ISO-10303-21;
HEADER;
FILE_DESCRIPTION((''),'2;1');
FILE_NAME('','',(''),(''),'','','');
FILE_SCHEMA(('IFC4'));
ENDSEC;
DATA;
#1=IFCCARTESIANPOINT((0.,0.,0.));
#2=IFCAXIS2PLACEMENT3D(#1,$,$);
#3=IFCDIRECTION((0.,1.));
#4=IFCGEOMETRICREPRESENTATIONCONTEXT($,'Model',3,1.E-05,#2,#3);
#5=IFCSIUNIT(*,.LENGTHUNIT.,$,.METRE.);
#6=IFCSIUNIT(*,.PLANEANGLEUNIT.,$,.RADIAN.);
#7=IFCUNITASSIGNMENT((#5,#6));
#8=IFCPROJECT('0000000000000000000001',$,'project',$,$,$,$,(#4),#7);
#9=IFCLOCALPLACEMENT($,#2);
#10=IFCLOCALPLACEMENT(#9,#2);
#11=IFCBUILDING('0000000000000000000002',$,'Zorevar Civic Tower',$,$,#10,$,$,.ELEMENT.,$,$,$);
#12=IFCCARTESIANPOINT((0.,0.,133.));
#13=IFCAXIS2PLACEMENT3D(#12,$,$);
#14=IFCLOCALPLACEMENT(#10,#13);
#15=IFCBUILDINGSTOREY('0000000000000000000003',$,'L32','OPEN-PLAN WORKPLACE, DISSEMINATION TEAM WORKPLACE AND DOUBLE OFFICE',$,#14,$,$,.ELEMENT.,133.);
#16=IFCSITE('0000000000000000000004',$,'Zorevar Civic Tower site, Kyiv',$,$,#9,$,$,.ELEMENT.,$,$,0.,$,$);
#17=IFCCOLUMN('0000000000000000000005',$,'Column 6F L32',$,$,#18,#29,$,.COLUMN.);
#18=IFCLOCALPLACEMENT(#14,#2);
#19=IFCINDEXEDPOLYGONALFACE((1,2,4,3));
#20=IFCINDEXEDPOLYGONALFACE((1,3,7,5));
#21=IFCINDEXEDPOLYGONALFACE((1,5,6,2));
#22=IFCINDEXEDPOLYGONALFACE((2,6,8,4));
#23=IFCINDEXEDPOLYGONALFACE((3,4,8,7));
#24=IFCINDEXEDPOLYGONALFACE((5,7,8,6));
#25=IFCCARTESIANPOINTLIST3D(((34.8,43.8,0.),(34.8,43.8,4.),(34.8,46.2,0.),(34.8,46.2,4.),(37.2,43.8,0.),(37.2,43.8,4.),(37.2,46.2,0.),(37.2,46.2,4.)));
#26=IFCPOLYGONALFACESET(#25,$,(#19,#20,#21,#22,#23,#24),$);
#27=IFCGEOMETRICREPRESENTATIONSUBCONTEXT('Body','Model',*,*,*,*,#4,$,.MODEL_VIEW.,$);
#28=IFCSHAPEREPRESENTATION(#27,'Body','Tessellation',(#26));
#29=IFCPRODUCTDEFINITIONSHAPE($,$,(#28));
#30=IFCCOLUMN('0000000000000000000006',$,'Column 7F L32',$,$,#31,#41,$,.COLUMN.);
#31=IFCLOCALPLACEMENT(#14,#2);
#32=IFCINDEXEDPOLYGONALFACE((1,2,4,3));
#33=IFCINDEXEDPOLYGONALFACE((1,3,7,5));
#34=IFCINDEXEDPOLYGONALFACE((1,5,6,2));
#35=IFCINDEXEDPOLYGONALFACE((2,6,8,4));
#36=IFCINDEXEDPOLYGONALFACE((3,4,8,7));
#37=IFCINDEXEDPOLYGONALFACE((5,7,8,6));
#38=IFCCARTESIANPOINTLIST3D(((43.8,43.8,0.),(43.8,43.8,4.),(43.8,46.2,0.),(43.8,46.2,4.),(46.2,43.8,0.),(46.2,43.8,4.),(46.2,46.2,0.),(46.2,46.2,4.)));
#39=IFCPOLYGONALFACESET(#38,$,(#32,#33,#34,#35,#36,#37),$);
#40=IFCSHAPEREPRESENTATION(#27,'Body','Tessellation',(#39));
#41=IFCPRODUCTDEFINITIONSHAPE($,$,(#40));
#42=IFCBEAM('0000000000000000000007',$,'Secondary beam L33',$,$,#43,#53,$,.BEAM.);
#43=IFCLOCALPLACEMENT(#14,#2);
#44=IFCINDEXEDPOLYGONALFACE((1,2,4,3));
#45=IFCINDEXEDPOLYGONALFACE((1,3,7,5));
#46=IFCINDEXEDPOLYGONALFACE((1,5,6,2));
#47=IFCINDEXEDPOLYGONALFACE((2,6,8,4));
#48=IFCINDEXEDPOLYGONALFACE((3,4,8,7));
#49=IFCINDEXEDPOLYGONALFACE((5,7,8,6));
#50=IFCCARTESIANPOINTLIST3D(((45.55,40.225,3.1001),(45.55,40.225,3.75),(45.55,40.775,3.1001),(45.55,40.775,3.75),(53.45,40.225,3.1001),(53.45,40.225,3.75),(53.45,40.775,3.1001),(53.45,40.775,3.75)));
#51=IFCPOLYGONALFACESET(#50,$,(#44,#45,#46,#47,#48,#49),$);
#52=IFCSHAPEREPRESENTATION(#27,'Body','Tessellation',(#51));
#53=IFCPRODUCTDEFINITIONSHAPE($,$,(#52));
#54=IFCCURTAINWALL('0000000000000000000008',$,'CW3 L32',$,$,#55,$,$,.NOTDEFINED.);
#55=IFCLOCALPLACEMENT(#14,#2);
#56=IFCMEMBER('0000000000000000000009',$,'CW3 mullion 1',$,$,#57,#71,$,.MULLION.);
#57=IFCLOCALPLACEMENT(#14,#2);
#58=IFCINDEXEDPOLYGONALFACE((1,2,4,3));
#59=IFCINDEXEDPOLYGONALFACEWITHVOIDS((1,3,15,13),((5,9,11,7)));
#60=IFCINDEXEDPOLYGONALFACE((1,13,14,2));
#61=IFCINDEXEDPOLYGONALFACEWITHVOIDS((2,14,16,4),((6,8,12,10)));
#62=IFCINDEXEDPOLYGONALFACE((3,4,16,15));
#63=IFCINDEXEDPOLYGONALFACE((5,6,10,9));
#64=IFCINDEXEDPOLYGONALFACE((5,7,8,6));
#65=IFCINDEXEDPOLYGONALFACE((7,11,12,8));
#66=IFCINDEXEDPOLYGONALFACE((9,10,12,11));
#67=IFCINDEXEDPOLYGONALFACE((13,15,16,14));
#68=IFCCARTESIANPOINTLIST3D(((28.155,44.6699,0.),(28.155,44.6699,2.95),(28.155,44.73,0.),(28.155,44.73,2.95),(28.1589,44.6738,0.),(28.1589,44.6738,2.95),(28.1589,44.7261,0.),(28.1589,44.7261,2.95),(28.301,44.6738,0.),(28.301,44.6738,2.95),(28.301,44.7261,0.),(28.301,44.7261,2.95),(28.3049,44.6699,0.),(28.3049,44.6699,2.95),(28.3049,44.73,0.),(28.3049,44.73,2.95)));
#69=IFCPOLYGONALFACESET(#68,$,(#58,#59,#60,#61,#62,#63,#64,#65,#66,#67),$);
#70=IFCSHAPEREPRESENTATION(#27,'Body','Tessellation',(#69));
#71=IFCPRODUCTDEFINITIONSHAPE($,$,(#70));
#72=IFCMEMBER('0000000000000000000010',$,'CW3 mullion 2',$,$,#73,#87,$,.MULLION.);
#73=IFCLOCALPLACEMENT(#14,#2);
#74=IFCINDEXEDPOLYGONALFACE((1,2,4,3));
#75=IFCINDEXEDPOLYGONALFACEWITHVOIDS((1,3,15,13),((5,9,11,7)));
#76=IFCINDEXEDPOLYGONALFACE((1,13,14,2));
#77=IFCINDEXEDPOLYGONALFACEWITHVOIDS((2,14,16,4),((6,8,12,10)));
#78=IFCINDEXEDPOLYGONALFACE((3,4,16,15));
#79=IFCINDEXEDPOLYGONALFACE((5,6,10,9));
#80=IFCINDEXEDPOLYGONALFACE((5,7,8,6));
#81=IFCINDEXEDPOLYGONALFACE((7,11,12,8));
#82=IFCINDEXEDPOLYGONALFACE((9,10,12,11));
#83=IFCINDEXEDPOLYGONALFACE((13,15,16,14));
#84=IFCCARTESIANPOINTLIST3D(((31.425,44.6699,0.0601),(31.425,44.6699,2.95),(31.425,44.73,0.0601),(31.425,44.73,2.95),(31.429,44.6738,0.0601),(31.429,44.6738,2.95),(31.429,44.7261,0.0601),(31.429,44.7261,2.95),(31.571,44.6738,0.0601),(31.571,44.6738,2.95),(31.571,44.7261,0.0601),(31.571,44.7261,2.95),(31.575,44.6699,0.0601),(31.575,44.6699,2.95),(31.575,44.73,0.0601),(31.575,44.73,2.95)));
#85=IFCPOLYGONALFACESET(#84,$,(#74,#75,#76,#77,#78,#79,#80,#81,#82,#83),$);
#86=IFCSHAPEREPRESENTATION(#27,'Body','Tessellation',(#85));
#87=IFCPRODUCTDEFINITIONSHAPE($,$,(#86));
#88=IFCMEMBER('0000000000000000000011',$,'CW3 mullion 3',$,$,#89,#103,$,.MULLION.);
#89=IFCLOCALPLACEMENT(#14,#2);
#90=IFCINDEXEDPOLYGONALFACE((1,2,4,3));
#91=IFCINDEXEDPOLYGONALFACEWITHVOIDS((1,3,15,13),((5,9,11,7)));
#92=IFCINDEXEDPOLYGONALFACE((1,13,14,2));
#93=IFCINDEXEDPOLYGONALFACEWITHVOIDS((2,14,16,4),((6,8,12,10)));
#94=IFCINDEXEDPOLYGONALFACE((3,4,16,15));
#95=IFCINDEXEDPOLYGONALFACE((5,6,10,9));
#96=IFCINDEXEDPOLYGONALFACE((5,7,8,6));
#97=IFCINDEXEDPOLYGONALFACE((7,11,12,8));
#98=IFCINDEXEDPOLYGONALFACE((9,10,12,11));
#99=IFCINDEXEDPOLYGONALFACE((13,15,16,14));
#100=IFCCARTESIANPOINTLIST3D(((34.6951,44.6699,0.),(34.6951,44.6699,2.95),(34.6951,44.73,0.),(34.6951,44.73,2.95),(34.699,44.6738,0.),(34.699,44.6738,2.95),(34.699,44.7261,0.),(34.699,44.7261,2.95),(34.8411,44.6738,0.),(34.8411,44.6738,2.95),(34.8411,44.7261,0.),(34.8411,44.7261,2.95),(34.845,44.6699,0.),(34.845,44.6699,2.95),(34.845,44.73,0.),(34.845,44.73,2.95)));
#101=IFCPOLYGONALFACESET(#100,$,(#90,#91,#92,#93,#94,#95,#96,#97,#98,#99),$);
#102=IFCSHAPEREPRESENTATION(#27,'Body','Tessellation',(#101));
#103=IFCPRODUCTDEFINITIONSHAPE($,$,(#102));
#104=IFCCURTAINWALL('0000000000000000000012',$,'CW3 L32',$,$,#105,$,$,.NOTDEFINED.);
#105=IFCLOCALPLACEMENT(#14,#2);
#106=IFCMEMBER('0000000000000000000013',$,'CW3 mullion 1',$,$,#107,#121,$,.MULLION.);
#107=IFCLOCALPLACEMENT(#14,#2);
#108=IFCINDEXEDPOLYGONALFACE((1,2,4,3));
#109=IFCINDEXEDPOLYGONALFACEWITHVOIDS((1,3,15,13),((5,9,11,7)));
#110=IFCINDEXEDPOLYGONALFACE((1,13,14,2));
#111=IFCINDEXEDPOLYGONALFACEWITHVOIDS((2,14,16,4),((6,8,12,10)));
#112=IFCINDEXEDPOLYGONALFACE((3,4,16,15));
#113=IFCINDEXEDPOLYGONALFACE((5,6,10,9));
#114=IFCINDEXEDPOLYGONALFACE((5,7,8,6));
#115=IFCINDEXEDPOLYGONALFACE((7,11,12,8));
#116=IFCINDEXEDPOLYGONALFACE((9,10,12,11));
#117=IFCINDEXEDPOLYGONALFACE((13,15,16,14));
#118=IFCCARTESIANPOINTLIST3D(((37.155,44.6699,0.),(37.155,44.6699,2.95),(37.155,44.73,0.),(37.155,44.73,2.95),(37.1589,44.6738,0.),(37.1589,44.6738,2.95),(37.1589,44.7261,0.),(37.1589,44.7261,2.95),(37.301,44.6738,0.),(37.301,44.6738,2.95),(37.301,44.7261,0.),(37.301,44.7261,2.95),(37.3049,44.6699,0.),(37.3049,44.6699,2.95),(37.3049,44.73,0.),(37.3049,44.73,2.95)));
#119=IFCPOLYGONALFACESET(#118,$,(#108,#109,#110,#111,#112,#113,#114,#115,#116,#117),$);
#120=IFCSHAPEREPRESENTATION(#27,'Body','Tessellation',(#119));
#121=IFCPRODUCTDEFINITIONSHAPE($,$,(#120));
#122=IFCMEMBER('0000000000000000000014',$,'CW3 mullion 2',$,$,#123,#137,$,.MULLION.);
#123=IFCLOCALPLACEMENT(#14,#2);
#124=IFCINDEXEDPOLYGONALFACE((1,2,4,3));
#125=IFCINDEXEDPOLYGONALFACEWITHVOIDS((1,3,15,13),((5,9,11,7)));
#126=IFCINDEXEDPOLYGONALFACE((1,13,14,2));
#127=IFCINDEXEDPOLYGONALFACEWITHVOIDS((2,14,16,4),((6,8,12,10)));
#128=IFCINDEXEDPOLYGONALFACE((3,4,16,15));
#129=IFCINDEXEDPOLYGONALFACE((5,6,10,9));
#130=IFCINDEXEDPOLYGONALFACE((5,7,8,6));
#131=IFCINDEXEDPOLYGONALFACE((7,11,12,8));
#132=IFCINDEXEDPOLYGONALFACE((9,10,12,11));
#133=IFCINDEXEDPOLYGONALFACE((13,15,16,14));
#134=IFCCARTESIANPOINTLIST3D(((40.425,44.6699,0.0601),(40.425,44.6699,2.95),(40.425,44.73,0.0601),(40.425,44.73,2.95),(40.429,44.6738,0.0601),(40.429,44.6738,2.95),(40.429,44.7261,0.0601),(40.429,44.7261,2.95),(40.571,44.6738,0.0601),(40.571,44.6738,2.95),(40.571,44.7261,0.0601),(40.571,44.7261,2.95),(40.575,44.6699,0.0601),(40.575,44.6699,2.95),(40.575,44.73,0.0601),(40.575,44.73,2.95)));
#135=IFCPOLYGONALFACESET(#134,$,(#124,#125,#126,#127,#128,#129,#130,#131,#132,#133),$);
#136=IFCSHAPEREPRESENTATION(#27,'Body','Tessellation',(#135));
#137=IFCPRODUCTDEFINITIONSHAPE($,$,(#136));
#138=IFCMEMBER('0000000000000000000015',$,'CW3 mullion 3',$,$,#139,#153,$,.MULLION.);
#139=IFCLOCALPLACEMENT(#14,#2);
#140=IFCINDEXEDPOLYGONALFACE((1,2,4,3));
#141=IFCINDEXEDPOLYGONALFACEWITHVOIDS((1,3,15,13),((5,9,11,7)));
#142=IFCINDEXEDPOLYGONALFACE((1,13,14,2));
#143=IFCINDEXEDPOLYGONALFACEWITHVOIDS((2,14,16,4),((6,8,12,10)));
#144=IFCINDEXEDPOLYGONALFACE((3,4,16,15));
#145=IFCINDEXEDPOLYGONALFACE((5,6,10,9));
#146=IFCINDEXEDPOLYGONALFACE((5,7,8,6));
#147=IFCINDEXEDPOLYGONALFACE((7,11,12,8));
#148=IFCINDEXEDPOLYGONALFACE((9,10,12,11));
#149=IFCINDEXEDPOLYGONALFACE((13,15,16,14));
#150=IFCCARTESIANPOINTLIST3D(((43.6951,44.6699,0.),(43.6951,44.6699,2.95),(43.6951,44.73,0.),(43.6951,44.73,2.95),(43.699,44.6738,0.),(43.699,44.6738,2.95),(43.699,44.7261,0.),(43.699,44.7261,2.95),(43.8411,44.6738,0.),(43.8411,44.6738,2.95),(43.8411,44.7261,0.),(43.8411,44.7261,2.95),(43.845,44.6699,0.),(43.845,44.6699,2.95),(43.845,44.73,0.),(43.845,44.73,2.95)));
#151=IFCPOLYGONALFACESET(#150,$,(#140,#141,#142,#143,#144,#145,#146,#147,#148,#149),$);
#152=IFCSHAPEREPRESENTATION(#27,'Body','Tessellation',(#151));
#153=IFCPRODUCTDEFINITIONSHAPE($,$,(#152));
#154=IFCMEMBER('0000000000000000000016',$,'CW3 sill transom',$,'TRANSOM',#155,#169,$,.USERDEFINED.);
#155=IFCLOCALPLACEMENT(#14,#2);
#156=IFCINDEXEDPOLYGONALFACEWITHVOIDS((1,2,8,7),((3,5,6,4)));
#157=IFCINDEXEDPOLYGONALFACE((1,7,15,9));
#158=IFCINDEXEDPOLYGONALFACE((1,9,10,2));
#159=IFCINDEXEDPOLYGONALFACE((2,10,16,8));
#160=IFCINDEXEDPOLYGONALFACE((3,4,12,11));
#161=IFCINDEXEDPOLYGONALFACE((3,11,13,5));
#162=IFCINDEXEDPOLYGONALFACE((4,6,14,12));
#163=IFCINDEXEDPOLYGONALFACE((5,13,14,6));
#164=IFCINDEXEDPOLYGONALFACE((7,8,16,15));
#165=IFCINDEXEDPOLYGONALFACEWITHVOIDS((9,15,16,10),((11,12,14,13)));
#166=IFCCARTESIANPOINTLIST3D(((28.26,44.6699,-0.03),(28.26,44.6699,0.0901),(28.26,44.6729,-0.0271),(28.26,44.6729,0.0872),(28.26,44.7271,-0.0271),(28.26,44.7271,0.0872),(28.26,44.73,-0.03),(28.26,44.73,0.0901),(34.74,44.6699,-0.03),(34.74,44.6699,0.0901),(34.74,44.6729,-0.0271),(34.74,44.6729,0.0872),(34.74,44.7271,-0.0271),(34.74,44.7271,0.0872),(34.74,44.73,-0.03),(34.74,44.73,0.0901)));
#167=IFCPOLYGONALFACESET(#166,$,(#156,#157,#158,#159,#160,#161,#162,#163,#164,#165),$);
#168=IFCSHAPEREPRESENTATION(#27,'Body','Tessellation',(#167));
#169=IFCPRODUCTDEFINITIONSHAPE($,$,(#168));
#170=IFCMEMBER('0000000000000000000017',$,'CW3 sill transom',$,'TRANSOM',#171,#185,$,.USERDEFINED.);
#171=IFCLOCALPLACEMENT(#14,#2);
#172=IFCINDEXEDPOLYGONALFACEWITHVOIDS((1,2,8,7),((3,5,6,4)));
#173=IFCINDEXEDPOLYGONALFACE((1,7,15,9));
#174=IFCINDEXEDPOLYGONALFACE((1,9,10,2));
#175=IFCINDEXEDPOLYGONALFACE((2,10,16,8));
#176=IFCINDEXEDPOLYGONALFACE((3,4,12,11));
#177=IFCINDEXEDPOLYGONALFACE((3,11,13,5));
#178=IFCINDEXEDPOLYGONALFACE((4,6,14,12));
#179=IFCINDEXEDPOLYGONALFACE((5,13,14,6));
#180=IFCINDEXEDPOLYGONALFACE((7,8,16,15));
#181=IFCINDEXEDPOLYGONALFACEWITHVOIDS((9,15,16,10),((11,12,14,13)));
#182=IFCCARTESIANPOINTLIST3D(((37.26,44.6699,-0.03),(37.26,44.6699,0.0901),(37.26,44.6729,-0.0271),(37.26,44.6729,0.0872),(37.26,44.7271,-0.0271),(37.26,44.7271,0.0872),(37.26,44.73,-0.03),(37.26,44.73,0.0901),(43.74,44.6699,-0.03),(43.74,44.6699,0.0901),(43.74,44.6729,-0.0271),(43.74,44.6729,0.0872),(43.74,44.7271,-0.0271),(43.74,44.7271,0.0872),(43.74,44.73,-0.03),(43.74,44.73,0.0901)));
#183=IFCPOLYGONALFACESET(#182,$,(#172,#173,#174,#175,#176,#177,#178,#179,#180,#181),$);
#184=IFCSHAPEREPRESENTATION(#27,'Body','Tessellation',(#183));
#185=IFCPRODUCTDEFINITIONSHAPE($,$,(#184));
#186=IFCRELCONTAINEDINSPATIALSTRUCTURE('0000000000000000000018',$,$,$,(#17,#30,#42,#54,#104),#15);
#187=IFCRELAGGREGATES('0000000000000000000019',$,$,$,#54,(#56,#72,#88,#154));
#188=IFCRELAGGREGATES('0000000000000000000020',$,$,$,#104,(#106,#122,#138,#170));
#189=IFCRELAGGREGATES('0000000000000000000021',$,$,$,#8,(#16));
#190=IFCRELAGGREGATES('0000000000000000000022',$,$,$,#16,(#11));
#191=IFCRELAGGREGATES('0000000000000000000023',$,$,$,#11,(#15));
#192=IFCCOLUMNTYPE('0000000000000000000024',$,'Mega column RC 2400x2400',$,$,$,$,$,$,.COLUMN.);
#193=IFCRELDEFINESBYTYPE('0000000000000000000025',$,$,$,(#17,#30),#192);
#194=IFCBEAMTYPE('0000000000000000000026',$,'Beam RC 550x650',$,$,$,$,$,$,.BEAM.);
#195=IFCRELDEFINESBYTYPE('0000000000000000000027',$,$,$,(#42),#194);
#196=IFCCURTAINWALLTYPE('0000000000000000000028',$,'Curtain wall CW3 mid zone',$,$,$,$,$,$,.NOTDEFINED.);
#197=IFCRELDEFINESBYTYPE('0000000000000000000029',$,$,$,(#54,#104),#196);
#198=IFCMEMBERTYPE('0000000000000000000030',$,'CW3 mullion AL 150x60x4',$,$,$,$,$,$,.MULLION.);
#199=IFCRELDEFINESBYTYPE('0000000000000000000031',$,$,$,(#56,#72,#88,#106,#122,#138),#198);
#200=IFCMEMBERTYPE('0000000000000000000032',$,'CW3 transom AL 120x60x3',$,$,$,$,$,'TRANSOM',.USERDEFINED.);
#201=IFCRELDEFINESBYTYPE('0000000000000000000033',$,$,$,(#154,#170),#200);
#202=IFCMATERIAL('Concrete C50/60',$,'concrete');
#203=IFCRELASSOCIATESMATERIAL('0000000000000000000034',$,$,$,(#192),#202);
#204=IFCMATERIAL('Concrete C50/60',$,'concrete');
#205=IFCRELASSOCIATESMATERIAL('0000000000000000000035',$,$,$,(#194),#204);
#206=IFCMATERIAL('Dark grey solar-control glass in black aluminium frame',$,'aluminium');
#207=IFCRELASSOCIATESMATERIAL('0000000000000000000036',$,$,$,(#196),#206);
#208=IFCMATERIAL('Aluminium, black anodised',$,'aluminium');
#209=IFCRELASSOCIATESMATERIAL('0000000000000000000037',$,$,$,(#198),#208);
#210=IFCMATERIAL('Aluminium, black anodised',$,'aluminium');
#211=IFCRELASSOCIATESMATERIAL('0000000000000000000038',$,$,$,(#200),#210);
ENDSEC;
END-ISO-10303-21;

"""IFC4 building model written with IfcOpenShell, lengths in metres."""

from ifc_helpers import new_model, si_unit, direction, frame, origin, origin_2d, place, context, subcontext, project, spatial, rectangle, hollow_rectangle, extrude, material, material_profile, profile_set, type_object, element, aggregate, save


model = new_model("IFC4")

# Units and contexts
model_context = context("Model", 3, precision=1e-05, world=origin(), true_north=direction((0.0, 1.0)))
body_context = subcontext(model_context, "Body", "Model", "MODEL_VIEW")
ifc_project = project(units=[si_unit("LENGTHUNIT", "METRE"), si_unit("PLANEANGLEUNIT", "RADIAN")], contexts=[model_context])

# Site, building, storey
site_placement = place(None, origin())
site = spatial("IfcSite", under=ifc_project, at=site_placement, Name="Zorevar Civic Tower site, Kyiv", CompositionType="ELEMENT", RefElevation=0.0)
building_placement = place(site_placement, origin())
building = spatial("IfcBuilding", under=site, at=building_placement, Name="Zorevar Civic Tower", CompositionType="ELEMENT")
storey_placement = place(building_placement, frame((0.0, 0.0, 133.0)))
storey = spatial("IfcBuildingStorey", under=building, at=storey_placement, Name="L32", Description="OPEN-PLAN WORKPLACE, DISSEMINATION TEAM WORKPLACE AND DOUBLE OFFICE", CompositionType="ELEMENT", Elevation=133.0)

# Columns
ifc_material_1 = material(Name="Concrete C50/60", Category="concrete")
ifc_material_profile_1 = material_profile(ifc_material_1, rectangle(XDim=2.3999, YDim=2.3999, at=origin_2d()), Name="RC 2400x2400")
ifc_profile_set_1 = profile_set([ifc_material_profile_1], Name="Concrete C50/60")
column_type = type_object("IfcColumnType", Name="Mega column RC 2400x2400", PredefinedType="COLUMN", material=ifc_profile_set_1)
for number, where, z_axis, x_axis, name in (
    (1, (36.0, 45.0, 0.0), (0.0, 0.0, 1.0), (1.0, 0.0, 0.0), "Column 6F L32"),
    (2, (45.0, 45.0, 0.0), (0.0, 0.0, 1.0), (1.0, 0.0, 0.0), "Column 7F L32"),
):
    element("IfcColumn", number, at=place(storey_placement, frame(where, z_axis=z_axis, x_axis=x_axis)), inside=storey, type_object=column_type, Name=name, PredefinedType="COLUMN", context=body_context, shape_type="SweptSolid", body=[
        extrude(rectangle(XDim=2.3999, YDim=2.3999, at=origin_2d()), origin(), (0.0, 0.0, 1.0), 4.0),
    ])

# Beam
ifc_material_2 = material(Name="Concrete C50/60", Category="concrete")
ifc_material_profile_2 = material_profile(ifc_material_2, rectangle(XDim=0.55, YDim=0.6499, at=origin_2d()), Name="RC 550x650")
ifc_profile_set_2 = profile_set([ifc_material_profile_2], Name="Concrete C50/60")
beam_type_1 = type_object("IfcBeamType", Name="Beam RC 550x650", PredefinedType="BEAM", material=ifc_profile_set_2)
beam_placement = place(storey_placement, frame((45.55, 40.5, 3.425), z_axis=(1.0, 0.0, 0.0), x_axis=(0.0, 1.0, 0.0)))
element("IfcBeam", 3, at=beam_placement, inside=storey, type_object=beam_type_1, Name="Secondary beam L33", PredefinedType="BEAM", context=body_context, shape_type="SweptSolid", body=[
    extrude(rectangle(XDim=0.55, YDim=0.6499, at=origin_2d()), origin(), (0.0, 0.0, 1.0), 7.8999),
])

# Curtain walls, members
ifc_material_3 = material(Name="Dark grey solar-control glass in black aluminium frame", Category="aluminium")
curtain_wall_type = type_object("IfcCurtainWallType", Name="Curtain wall CW3 mid zone", PredefinedType="NOTDEFINED", material=ifc_material_3)
curtain_wall_1_placement = place(storey_placement, origin())
curtain_wall_1 = element("IfcCurtainWall", 4, at=curtain_wall_1_placement, inside=storey, type_object=curtain_wall_type, Name="CW3 L32", PredefinedType="NOTDEFINED")
ifc_material_4 = material(Name="Aluminium, black anodised", Category="aluminium")
ifc_material_profile_3 = material_profile(ifc_material_4, hollow_rectangle(XDim=0.0601, YDim=0.1499, WallThickness=0.0039, at=origin_2d()), Name="AL 150x60x4")
ifc_profile_set_3 = profile_set([ifc_material_profile_3], Name="Aluminium, black anodised")
member_type_1 = type_object("IfcMemberType", Name="CW3 mullion AL 150x60x4", PredefinedType="MULLION", material=ifc_profile_set_3)
member_1_placement = place(storey_placement, frame((28.23, 44.7, 0.0), z_axis=(0.0, 0.0, 1.0), x_axis=(0.0, 1.0, 0.0)))
member_1 = element("IfcMember", 5, at=member_1_placement, type_object=member_type_1, Name="CW3 mullion 1", PredefinedType="MULLION", context=body_context, shape_type="SweptSolid", body=[
    extrude(hollow_rectangle(XDim=0.0601, YDim=0.1499, WallThickness=0.0039, at=origin_2d()), origin(), (0.0, 0.0, 1.0), 2.95),
])
member_2_placement = place(storey_placement, frame((31.5, 44.7, 0.0601), z_axis=(0.0, 0.0, 1.0), x_axis=(0.0, 1.0, 0.0)))
member_2 = element("IfcMember", 6, at=member_2_placement, type_object=member_type_1, Name="CW3 mullion 2", PredefinedType="MULLION", context=body_context, shape_type="SweptSolid", body=[
    extrude(hollow_rectangle(XDim=0.0601, YDim=0.1499, WallThickness=0.0039, at=origin_2d()), origin(), (0.0, 0.0, 1.0), 2.8899),
])
member_3_placement = place(storey_placement, frame((34.77, 44.7, 0.0), z_axis=(0.0, 0.0, 1.0), x_axis=(0.0, 1.0, 0.0)))
member_3 = element("IfcMember", 7, at=member_3_placement, type_object=member_type_1, Name="CW3 mullion 3", PredefinedType="MULLION", context=body_context, shape_type="SweptSolid", body=[
    extrude(hollow_rectangle(XDim=0.0601, YDim=0.1499, WallThickness=0.0039, at=origin_2d()), origin(), (0.0, 0.0, 1.0), 2.95),
])
curtain_wall_2_placement = place(storey_placement, origin())
curtain_wall_2 = element("IfcCurtainWall", 8, at=curtain_wall_2_placement, inside=storey, type_object=curtain_wall_type, Name="CW3 L32", PredefinedType="NOTDEFINED")
member_4_placement = place(storey_placement, frame((37.23, 44.7, 0.0), z_axis=(0.0, 0.0, 1.0), x_axis=(0.0, 1.0, 0.0)))
member_4 = element("IfcMember", 9, at=member_4_placement, type_object=member_type_1, Name="CW3 mullion 1", PredefinedType="MULLION", context=body_context, shape_type="SweptSolid", body=[
    extrude(hollow_rectangle(XDim=0.0601, YDim=0.1499, WallThickness=0.0039, at=origin_2d()), origin(), (0.0, 0.0, 1.0), 2.95),
])
member_5_placement = place(storey_placement, frame((40.5, 44.7, 0.0601), z_axis=(0.0, 0.0, 1.0), x_axis=(0.0, 1.0, 0.0)))
member_5 = element("IfcMember", 10, at=member_5_placement, type_object=member_type_1, Name="CW3 mullion 2", PredefinedType="MULLION", context=body_context, shape_type="SweptSolid", body=[
    extrude(hollow_rectangle(XDim=0.0601, YDim=0.1499, WallThickness=0.0039, at=origin_2d()), origin(), (0.0, 0.0, 1.0), 2.8899),
])
member_6_placement = place(storey_placement, frame((43.77, 44.7, 0.0), z_axis=(0.0, 0.0, 1.0), x_axis=(0.0, 1.0, 0.0)))
member_6 = element("IfcMember", 11, at=member_6_placement, type_object=member_type_1, Name="CW3 mullion 3", PredefinedType="MULLION", context=body_context, shape_type="SweptSolid", body=[
    extrude(hollow_rectangle(XDim=0.0601, YDim=0.1499, WallThickness=0.0039, at=origin_2d()), origin(), (0.0, 0.0, 1.0), 2.95),
])

# Members
ifc_material_5 = material(Name="Aluminium, black anodised", Category="aluminium")
ifc_material_profile_4 = material_profile(ifc_material_5, hollow_rectangle(XDim=0.0601, YDim=0.1201, WallThickness=0.0029, at=origin_2d()), Name="AL 120x60x3")
ifc_profile_set_4 = profile_set([ifc_material_profile_4], Name="Aluminium, black anodised")
member_type_2 = type_object("IfcMemberType", Name="CW3 transom AL 120x60x3", ElementType="TRANSOM", PredefinedType="USERDEFINED", material=ifc_profile_set_4)
member_7_placement = place(storey_placement, frame((28.26, 44.7, 0.03), z_axis=(1.0, 0.0, 0.0), x_axis=(0.0, 1.0, 0.0)))
member_7 = element("IfcMember", 12, at=member_7_placement, type_object=member_type_2, Name="CW3 sill transom", ObjectType="TRANSOM", PredefinedType="USERDEFINED", context=body_context, shape_type="SweptSolid", body=[
    extrude(hollow_rectangle(XDim=0.0601, YDim=0.1201, WallThickness=0.0029, at=origin_2d()), origin(), (0.0, 0.0, 1.0), 6.48),
])
member_8_placement = place(storey_placement, frame((37.26, 44.7, 0.03), z_axis=(1.0, 0.0, 0.0), x_axis=(0.0, 1.0, 0.0)))
member_8 = element("IfcMember", 13, at=member_8_placement, type_object=member_type_2, Name="CW3 sill transom", ObjectType="TRANSOM", PredefinedType="USERDEFINED", context=body_context, shape_type="SweptSolid", body=[
    extrude(hollow_rectangle(XDim=0.0601, YDim=0.1201, WallThickness=0.0029, at=origin_2d()), origin(), (0.0, 0.0, 1.0), 6.48),
])

aggregate(curtain_wall_1, [member_1, member_2, member_3, member_7])
aggregate(curtain_wall_2, [member_4, member_5, member_6, member_8])

save(model, "model.ifc")
